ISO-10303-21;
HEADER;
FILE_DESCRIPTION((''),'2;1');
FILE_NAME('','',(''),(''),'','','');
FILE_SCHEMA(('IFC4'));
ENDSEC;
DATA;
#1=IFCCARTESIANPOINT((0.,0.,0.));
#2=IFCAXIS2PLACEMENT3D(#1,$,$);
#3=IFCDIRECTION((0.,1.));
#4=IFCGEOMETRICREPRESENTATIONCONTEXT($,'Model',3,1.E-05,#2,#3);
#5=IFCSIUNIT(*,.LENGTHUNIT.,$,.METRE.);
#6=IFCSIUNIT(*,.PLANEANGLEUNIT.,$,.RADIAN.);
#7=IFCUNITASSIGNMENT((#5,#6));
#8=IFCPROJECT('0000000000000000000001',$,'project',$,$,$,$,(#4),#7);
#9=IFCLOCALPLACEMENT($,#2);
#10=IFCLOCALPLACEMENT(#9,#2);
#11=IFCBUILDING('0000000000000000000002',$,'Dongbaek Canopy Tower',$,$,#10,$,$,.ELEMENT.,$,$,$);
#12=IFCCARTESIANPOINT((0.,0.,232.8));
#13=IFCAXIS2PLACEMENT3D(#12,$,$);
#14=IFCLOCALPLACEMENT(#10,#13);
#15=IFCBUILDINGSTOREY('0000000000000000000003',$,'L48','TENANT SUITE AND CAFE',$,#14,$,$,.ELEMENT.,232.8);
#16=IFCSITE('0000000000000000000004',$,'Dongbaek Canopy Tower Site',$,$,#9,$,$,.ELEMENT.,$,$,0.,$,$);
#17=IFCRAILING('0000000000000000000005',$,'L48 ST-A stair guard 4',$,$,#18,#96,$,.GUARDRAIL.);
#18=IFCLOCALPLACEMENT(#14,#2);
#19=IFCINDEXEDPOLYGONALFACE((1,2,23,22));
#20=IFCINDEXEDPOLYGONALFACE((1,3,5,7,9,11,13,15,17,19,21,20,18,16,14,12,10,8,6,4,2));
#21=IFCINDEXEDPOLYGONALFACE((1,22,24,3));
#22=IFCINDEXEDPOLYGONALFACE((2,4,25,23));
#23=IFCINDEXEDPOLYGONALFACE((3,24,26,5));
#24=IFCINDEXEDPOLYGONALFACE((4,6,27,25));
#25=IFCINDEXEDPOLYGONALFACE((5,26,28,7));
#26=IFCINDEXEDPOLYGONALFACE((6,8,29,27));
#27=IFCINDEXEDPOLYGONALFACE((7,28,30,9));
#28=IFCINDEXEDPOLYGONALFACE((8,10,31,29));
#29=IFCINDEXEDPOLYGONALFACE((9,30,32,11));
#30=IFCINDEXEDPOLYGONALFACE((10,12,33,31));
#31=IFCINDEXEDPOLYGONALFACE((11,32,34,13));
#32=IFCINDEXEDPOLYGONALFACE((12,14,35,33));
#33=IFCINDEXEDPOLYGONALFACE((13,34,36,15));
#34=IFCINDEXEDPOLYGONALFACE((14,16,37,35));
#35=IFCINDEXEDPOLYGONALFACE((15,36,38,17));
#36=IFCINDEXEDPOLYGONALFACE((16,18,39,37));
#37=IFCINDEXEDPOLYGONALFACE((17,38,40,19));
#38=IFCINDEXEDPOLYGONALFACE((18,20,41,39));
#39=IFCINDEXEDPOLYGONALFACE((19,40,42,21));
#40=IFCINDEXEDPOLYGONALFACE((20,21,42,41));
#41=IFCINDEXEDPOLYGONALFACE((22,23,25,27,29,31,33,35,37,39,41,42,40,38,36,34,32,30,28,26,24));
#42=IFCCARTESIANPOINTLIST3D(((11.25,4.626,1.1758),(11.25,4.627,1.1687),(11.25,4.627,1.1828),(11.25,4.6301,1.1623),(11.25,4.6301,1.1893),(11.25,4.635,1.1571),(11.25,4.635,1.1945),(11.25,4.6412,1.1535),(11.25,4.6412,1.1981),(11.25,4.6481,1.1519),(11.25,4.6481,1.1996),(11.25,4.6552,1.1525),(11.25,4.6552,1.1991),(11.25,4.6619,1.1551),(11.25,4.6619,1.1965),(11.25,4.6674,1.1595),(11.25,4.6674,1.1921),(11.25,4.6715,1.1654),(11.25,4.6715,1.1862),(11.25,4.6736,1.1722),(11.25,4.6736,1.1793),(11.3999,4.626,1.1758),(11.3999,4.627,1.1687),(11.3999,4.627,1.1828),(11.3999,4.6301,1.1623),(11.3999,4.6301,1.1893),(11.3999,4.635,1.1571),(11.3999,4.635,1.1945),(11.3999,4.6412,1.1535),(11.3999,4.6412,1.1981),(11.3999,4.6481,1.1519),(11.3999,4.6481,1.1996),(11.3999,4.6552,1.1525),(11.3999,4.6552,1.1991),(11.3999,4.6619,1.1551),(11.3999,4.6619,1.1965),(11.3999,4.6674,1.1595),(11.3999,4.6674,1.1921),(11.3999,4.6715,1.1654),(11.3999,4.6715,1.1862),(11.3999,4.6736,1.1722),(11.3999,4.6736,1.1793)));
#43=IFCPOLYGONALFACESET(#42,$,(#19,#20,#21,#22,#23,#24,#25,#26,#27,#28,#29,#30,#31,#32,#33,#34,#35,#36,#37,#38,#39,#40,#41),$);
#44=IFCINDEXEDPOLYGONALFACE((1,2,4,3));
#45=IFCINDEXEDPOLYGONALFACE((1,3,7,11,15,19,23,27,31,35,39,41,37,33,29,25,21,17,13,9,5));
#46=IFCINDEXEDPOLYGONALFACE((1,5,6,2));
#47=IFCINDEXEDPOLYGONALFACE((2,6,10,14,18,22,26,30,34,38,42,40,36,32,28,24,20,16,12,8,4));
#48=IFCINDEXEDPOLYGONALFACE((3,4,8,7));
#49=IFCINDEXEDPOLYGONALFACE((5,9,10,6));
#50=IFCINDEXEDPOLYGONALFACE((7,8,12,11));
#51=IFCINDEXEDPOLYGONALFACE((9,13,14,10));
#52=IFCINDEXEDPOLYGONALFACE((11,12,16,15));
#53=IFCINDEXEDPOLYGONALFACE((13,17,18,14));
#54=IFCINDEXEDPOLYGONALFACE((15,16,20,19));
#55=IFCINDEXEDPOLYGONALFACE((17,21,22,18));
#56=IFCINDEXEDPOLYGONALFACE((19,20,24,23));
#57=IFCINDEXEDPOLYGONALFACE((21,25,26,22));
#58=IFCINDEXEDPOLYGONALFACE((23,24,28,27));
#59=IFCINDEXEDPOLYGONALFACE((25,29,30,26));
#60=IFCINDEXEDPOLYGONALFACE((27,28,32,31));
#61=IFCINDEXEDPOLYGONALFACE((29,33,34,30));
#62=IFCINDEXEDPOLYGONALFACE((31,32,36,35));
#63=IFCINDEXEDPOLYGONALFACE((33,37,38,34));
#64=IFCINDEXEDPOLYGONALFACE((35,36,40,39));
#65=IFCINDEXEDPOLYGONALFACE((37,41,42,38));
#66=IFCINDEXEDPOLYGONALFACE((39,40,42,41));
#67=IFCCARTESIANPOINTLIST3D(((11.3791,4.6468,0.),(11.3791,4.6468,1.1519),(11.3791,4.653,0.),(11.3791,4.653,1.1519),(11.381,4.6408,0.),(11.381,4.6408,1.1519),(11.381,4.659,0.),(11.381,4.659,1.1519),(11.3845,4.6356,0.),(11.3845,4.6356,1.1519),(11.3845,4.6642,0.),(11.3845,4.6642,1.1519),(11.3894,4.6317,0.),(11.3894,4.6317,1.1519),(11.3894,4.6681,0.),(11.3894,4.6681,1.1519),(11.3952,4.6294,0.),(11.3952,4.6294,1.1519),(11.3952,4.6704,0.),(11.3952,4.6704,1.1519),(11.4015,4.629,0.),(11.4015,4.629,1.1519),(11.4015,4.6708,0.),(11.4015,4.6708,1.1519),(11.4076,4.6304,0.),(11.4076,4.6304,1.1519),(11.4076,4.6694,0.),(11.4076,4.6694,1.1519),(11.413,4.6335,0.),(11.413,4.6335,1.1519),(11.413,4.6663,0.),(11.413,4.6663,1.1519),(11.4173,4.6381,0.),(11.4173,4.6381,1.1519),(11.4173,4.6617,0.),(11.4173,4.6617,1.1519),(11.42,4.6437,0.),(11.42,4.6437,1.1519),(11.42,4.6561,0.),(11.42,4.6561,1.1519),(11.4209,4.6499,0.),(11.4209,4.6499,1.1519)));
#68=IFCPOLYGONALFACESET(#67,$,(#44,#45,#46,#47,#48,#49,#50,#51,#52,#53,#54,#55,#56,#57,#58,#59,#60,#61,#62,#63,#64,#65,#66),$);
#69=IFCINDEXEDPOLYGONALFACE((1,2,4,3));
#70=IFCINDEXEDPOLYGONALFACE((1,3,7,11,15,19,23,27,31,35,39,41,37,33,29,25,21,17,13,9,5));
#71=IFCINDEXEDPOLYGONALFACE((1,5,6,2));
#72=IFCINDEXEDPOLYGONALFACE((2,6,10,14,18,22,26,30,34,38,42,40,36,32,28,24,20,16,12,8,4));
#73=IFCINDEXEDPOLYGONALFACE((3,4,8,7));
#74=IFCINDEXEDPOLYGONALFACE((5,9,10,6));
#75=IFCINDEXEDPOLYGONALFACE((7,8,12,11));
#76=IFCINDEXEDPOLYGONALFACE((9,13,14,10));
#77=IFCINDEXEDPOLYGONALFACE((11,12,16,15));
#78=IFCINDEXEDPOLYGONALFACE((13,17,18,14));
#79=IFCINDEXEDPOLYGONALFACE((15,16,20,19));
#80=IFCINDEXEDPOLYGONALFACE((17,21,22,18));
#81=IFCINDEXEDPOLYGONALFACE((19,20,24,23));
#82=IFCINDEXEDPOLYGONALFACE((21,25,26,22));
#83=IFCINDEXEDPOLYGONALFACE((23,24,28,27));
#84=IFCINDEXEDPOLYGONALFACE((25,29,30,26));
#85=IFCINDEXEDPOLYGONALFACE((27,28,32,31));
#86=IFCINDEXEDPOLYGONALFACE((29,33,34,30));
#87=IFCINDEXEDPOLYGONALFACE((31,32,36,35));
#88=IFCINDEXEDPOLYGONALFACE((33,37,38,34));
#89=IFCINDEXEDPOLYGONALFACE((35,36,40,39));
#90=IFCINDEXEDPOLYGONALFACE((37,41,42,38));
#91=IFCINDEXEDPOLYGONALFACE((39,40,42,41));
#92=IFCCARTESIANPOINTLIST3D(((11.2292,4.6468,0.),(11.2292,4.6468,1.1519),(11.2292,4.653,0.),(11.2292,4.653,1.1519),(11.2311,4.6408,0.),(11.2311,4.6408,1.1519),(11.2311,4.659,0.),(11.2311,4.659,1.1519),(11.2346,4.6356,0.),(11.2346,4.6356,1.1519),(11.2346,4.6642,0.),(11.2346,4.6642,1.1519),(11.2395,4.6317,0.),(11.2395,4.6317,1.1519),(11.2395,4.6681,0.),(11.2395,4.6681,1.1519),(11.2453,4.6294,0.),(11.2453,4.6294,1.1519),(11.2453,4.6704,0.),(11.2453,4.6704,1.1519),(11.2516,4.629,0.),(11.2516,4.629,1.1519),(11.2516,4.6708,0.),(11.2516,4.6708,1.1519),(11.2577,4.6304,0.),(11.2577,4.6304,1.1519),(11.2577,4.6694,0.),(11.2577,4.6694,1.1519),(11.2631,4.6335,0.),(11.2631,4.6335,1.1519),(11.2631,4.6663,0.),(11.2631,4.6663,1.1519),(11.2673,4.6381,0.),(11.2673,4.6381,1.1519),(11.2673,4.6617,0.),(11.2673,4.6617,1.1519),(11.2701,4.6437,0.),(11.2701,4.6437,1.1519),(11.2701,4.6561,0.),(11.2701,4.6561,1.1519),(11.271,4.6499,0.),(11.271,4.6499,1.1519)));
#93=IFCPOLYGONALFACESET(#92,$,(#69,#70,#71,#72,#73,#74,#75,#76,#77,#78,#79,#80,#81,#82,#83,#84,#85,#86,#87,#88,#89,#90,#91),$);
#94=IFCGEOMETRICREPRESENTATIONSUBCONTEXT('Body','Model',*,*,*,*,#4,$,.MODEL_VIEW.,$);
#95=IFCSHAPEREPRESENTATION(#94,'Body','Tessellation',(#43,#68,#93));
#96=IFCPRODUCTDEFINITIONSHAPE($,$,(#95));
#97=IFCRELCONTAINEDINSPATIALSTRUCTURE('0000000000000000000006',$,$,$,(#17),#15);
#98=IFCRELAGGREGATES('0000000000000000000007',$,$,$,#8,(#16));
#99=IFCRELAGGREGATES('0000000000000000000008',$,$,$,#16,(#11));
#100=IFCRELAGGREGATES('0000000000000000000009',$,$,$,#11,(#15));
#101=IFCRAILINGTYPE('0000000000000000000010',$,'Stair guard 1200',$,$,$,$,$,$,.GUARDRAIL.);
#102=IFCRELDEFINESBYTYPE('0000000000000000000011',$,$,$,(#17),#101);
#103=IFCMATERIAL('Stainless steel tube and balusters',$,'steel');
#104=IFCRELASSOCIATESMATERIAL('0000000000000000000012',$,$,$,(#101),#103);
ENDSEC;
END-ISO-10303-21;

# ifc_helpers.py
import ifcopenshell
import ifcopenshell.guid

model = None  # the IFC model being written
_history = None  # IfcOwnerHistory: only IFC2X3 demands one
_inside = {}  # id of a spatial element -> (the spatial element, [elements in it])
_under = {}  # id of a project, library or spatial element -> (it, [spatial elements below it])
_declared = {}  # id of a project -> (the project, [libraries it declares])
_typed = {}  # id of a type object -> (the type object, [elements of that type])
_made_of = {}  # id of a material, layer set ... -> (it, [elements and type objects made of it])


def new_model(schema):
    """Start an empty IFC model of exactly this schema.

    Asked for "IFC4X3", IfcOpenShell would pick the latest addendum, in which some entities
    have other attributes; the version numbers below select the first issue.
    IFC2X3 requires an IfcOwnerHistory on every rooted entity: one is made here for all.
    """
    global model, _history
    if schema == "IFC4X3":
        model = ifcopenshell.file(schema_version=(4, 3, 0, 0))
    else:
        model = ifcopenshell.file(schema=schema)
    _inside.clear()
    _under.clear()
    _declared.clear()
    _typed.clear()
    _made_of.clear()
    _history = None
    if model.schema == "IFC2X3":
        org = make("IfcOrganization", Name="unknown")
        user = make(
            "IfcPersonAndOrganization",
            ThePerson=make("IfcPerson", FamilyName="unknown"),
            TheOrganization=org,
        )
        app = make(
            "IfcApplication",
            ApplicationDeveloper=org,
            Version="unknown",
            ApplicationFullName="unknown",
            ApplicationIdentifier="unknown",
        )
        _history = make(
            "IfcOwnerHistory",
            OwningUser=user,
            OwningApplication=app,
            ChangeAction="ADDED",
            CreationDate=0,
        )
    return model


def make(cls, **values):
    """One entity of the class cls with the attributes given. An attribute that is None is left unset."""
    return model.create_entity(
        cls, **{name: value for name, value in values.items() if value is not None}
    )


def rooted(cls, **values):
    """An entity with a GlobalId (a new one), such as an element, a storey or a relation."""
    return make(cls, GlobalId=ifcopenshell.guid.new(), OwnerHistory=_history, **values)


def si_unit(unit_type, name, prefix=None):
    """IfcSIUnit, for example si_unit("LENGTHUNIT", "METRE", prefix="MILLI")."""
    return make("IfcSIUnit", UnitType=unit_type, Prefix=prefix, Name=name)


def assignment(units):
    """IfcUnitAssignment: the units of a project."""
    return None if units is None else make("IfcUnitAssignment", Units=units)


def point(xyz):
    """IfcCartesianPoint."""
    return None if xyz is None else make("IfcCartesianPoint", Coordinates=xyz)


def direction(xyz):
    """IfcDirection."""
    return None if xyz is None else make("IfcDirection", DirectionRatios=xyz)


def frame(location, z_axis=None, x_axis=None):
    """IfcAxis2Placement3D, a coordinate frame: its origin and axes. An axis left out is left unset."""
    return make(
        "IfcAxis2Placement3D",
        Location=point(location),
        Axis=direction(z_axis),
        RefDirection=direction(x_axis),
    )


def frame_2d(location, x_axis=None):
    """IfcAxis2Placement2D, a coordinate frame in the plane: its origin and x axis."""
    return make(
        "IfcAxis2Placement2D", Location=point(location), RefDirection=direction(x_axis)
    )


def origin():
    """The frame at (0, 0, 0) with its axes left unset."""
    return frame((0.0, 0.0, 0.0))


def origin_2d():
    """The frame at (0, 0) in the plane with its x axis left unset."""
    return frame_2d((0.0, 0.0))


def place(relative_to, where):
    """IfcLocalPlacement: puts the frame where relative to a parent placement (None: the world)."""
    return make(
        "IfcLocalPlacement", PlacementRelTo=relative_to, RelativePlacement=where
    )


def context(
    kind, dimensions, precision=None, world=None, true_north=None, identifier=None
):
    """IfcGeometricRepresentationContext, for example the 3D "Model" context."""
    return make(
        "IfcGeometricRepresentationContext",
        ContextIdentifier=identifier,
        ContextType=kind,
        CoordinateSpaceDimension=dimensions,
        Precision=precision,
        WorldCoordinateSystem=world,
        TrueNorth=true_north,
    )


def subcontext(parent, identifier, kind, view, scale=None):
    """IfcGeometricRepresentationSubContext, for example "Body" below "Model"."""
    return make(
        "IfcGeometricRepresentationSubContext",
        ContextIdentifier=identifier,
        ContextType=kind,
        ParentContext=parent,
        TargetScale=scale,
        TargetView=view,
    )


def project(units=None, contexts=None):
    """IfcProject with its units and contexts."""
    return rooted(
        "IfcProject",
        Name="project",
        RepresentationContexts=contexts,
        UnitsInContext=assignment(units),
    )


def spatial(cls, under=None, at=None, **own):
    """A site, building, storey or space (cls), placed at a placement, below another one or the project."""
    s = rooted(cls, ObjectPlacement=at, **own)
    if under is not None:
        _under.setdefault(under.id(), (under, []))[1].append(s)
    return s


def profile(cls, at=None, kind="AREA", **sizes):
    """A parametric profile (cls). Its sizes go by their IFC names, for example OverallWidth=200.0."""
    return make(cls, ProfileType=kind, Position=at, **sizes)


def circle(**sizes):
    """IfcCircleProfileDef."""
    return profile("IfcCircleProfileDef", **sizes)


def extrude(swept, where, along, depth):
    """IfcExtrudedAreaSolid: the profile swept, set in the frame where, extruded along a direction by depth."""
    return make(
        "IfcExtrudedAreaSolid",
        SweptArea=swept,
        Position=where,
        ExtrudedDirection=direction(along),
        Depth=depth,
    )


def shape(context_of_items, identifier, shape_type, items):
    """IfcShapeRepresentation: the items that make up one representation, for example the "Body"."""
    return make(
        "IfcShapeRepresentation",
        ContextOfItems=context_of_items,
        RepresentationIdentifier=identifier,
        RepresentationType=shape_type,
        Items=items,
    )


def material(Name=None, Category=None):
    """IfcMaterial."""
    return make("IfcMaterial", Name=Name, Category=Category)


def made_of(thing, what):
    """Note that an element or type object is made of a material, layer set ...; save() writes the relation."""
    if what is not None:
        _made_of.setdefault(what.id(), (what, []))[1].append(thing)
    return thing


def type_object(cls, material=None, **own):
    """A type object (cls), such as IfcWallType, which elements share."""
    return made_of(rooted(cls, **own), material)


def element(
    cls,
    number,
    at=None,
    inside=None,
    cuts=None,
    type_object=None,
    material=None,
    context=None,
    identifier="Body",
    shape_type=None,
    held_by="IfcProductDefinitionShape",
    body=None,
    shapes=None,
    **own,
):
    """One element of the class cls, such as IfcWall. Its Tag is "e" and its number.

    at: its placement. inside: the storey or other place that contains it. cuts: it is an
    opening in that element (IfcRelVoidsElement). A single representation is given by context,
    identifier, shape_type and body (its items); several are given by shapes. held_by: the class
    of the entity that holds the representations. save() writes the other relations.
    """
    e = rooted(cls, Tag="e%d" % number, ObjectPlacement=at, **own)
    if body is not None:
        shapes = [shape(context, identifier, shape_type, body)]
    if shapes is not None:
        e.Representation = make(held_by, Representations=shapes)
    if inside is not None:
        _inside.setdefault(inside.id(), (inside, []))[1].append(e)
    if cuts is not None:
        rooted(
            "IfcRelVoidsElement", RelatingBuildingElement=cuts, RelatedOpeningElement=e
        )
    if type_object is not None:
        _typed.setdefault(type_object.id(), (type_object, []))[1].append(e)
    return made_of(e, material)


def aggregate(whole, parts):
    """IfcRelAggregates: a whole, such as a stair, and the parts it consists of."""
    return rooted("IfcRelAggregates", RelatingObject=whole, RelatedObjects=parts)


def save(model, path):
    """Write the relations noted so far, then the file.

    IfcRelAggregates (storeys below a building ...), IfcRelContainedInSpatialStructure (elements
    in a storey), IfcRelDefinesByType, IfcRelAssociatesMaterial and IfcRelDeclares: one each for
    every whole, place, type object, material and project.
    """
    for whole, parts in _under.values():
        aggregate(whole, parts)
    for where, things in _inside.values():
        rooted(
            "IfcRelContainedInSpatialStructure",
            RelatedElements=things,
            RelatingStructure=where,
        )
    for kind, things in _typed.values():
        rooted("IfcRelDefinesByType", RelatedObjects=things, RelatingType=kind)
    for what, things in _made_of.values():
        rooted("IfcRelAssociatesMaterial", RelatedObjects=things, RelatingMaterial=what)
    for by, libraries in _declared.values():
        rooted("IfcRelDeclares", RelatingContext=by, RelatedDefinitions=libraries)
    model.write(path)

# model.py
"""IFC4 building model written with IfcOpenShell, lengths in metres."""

from ifc_helpers import new_model, si_unit, direction, frame, origin, origin_2d, place, context, subcontext, project, spatial, circle, extrude, material, type_object, element, save


model = new_model("IFC4")

# Units and contexts
model_context = context("Model", 3, precision=1e-05, world=origin(), true_north=direction((0.0, 1.0)))
body_context = subcontext(model_context, "Body", "Model", "MODEL_VIEW")
ifc_project = project(units=[si_unit("LENGTHUNIT", "METRE"), si_unit("PLANEANGLEUNIT", "RADIAN")], contexts=[model_context])

# Site, building, storey
site_placement = place(None, origin())
site = spatial("IfcSite", under=ifc_project, at=site_placement, Name="Dongbaek Canopy Tower Site", CompositionType="ELEMENT", RefElevation=0.0)
building_placement = place(site_placement, origin())
building = spatial("IfcBuilding", under=site, at=building_placement, Name="Dongbaek Canopy Tower", CompositionType="ELEMENT")
storey_placement = place(building_placement, frame((0.0, 0.0, 232.8)))
storey = spatial("IfcBuildingStorey", under=building, at=storey_placement, Name="L48", Description="TENANT SUITE AND CAFE", CompositionType="ELEMENT", Elevation=232.8)

# Railing
ifc_material_1 = material(Name="Stainless steel tube and balusters", Category="steel")
railing_type_1 = type_object("IfcRailingType", Name="Stair guard 1200", PredefinedType="GUARDRAIL", material=ifc_material_1)
railing_1_placement = place(storey_placement, frame((11.3999, 4.6499, 0.0)))
element("IfcRailing", 1, at=railing_1_placement, inside=storey, type_object=railing_type_1, Name="L48 ST-A stair guard 4", PredefinedType="GUARDRAIL", context=body_context, shape_type="SweptSolid", body=[
    extrude(circle(Radius=0.0239, at=origin_2d()), frame((0.0, 0.0, 1.1758), z_axis=(-1.0, 0.0, 0.0), x_axis=(0.0, -1.0, 0.0)), (0.0, 0.0, 1.0), 0.1499),
    extrude(circle(Radius=0.021, at=origin_2d()), origin(), (0.0, 0.0, 1.0), 1.1519),
    extrude(circle(Radius=0.021, at=origin_2d()), frame((-0.1499, 0.0, 0.0)), (0.0, 0.0, 1.0), 1.1519),
])

save(model, "model.ifc")
